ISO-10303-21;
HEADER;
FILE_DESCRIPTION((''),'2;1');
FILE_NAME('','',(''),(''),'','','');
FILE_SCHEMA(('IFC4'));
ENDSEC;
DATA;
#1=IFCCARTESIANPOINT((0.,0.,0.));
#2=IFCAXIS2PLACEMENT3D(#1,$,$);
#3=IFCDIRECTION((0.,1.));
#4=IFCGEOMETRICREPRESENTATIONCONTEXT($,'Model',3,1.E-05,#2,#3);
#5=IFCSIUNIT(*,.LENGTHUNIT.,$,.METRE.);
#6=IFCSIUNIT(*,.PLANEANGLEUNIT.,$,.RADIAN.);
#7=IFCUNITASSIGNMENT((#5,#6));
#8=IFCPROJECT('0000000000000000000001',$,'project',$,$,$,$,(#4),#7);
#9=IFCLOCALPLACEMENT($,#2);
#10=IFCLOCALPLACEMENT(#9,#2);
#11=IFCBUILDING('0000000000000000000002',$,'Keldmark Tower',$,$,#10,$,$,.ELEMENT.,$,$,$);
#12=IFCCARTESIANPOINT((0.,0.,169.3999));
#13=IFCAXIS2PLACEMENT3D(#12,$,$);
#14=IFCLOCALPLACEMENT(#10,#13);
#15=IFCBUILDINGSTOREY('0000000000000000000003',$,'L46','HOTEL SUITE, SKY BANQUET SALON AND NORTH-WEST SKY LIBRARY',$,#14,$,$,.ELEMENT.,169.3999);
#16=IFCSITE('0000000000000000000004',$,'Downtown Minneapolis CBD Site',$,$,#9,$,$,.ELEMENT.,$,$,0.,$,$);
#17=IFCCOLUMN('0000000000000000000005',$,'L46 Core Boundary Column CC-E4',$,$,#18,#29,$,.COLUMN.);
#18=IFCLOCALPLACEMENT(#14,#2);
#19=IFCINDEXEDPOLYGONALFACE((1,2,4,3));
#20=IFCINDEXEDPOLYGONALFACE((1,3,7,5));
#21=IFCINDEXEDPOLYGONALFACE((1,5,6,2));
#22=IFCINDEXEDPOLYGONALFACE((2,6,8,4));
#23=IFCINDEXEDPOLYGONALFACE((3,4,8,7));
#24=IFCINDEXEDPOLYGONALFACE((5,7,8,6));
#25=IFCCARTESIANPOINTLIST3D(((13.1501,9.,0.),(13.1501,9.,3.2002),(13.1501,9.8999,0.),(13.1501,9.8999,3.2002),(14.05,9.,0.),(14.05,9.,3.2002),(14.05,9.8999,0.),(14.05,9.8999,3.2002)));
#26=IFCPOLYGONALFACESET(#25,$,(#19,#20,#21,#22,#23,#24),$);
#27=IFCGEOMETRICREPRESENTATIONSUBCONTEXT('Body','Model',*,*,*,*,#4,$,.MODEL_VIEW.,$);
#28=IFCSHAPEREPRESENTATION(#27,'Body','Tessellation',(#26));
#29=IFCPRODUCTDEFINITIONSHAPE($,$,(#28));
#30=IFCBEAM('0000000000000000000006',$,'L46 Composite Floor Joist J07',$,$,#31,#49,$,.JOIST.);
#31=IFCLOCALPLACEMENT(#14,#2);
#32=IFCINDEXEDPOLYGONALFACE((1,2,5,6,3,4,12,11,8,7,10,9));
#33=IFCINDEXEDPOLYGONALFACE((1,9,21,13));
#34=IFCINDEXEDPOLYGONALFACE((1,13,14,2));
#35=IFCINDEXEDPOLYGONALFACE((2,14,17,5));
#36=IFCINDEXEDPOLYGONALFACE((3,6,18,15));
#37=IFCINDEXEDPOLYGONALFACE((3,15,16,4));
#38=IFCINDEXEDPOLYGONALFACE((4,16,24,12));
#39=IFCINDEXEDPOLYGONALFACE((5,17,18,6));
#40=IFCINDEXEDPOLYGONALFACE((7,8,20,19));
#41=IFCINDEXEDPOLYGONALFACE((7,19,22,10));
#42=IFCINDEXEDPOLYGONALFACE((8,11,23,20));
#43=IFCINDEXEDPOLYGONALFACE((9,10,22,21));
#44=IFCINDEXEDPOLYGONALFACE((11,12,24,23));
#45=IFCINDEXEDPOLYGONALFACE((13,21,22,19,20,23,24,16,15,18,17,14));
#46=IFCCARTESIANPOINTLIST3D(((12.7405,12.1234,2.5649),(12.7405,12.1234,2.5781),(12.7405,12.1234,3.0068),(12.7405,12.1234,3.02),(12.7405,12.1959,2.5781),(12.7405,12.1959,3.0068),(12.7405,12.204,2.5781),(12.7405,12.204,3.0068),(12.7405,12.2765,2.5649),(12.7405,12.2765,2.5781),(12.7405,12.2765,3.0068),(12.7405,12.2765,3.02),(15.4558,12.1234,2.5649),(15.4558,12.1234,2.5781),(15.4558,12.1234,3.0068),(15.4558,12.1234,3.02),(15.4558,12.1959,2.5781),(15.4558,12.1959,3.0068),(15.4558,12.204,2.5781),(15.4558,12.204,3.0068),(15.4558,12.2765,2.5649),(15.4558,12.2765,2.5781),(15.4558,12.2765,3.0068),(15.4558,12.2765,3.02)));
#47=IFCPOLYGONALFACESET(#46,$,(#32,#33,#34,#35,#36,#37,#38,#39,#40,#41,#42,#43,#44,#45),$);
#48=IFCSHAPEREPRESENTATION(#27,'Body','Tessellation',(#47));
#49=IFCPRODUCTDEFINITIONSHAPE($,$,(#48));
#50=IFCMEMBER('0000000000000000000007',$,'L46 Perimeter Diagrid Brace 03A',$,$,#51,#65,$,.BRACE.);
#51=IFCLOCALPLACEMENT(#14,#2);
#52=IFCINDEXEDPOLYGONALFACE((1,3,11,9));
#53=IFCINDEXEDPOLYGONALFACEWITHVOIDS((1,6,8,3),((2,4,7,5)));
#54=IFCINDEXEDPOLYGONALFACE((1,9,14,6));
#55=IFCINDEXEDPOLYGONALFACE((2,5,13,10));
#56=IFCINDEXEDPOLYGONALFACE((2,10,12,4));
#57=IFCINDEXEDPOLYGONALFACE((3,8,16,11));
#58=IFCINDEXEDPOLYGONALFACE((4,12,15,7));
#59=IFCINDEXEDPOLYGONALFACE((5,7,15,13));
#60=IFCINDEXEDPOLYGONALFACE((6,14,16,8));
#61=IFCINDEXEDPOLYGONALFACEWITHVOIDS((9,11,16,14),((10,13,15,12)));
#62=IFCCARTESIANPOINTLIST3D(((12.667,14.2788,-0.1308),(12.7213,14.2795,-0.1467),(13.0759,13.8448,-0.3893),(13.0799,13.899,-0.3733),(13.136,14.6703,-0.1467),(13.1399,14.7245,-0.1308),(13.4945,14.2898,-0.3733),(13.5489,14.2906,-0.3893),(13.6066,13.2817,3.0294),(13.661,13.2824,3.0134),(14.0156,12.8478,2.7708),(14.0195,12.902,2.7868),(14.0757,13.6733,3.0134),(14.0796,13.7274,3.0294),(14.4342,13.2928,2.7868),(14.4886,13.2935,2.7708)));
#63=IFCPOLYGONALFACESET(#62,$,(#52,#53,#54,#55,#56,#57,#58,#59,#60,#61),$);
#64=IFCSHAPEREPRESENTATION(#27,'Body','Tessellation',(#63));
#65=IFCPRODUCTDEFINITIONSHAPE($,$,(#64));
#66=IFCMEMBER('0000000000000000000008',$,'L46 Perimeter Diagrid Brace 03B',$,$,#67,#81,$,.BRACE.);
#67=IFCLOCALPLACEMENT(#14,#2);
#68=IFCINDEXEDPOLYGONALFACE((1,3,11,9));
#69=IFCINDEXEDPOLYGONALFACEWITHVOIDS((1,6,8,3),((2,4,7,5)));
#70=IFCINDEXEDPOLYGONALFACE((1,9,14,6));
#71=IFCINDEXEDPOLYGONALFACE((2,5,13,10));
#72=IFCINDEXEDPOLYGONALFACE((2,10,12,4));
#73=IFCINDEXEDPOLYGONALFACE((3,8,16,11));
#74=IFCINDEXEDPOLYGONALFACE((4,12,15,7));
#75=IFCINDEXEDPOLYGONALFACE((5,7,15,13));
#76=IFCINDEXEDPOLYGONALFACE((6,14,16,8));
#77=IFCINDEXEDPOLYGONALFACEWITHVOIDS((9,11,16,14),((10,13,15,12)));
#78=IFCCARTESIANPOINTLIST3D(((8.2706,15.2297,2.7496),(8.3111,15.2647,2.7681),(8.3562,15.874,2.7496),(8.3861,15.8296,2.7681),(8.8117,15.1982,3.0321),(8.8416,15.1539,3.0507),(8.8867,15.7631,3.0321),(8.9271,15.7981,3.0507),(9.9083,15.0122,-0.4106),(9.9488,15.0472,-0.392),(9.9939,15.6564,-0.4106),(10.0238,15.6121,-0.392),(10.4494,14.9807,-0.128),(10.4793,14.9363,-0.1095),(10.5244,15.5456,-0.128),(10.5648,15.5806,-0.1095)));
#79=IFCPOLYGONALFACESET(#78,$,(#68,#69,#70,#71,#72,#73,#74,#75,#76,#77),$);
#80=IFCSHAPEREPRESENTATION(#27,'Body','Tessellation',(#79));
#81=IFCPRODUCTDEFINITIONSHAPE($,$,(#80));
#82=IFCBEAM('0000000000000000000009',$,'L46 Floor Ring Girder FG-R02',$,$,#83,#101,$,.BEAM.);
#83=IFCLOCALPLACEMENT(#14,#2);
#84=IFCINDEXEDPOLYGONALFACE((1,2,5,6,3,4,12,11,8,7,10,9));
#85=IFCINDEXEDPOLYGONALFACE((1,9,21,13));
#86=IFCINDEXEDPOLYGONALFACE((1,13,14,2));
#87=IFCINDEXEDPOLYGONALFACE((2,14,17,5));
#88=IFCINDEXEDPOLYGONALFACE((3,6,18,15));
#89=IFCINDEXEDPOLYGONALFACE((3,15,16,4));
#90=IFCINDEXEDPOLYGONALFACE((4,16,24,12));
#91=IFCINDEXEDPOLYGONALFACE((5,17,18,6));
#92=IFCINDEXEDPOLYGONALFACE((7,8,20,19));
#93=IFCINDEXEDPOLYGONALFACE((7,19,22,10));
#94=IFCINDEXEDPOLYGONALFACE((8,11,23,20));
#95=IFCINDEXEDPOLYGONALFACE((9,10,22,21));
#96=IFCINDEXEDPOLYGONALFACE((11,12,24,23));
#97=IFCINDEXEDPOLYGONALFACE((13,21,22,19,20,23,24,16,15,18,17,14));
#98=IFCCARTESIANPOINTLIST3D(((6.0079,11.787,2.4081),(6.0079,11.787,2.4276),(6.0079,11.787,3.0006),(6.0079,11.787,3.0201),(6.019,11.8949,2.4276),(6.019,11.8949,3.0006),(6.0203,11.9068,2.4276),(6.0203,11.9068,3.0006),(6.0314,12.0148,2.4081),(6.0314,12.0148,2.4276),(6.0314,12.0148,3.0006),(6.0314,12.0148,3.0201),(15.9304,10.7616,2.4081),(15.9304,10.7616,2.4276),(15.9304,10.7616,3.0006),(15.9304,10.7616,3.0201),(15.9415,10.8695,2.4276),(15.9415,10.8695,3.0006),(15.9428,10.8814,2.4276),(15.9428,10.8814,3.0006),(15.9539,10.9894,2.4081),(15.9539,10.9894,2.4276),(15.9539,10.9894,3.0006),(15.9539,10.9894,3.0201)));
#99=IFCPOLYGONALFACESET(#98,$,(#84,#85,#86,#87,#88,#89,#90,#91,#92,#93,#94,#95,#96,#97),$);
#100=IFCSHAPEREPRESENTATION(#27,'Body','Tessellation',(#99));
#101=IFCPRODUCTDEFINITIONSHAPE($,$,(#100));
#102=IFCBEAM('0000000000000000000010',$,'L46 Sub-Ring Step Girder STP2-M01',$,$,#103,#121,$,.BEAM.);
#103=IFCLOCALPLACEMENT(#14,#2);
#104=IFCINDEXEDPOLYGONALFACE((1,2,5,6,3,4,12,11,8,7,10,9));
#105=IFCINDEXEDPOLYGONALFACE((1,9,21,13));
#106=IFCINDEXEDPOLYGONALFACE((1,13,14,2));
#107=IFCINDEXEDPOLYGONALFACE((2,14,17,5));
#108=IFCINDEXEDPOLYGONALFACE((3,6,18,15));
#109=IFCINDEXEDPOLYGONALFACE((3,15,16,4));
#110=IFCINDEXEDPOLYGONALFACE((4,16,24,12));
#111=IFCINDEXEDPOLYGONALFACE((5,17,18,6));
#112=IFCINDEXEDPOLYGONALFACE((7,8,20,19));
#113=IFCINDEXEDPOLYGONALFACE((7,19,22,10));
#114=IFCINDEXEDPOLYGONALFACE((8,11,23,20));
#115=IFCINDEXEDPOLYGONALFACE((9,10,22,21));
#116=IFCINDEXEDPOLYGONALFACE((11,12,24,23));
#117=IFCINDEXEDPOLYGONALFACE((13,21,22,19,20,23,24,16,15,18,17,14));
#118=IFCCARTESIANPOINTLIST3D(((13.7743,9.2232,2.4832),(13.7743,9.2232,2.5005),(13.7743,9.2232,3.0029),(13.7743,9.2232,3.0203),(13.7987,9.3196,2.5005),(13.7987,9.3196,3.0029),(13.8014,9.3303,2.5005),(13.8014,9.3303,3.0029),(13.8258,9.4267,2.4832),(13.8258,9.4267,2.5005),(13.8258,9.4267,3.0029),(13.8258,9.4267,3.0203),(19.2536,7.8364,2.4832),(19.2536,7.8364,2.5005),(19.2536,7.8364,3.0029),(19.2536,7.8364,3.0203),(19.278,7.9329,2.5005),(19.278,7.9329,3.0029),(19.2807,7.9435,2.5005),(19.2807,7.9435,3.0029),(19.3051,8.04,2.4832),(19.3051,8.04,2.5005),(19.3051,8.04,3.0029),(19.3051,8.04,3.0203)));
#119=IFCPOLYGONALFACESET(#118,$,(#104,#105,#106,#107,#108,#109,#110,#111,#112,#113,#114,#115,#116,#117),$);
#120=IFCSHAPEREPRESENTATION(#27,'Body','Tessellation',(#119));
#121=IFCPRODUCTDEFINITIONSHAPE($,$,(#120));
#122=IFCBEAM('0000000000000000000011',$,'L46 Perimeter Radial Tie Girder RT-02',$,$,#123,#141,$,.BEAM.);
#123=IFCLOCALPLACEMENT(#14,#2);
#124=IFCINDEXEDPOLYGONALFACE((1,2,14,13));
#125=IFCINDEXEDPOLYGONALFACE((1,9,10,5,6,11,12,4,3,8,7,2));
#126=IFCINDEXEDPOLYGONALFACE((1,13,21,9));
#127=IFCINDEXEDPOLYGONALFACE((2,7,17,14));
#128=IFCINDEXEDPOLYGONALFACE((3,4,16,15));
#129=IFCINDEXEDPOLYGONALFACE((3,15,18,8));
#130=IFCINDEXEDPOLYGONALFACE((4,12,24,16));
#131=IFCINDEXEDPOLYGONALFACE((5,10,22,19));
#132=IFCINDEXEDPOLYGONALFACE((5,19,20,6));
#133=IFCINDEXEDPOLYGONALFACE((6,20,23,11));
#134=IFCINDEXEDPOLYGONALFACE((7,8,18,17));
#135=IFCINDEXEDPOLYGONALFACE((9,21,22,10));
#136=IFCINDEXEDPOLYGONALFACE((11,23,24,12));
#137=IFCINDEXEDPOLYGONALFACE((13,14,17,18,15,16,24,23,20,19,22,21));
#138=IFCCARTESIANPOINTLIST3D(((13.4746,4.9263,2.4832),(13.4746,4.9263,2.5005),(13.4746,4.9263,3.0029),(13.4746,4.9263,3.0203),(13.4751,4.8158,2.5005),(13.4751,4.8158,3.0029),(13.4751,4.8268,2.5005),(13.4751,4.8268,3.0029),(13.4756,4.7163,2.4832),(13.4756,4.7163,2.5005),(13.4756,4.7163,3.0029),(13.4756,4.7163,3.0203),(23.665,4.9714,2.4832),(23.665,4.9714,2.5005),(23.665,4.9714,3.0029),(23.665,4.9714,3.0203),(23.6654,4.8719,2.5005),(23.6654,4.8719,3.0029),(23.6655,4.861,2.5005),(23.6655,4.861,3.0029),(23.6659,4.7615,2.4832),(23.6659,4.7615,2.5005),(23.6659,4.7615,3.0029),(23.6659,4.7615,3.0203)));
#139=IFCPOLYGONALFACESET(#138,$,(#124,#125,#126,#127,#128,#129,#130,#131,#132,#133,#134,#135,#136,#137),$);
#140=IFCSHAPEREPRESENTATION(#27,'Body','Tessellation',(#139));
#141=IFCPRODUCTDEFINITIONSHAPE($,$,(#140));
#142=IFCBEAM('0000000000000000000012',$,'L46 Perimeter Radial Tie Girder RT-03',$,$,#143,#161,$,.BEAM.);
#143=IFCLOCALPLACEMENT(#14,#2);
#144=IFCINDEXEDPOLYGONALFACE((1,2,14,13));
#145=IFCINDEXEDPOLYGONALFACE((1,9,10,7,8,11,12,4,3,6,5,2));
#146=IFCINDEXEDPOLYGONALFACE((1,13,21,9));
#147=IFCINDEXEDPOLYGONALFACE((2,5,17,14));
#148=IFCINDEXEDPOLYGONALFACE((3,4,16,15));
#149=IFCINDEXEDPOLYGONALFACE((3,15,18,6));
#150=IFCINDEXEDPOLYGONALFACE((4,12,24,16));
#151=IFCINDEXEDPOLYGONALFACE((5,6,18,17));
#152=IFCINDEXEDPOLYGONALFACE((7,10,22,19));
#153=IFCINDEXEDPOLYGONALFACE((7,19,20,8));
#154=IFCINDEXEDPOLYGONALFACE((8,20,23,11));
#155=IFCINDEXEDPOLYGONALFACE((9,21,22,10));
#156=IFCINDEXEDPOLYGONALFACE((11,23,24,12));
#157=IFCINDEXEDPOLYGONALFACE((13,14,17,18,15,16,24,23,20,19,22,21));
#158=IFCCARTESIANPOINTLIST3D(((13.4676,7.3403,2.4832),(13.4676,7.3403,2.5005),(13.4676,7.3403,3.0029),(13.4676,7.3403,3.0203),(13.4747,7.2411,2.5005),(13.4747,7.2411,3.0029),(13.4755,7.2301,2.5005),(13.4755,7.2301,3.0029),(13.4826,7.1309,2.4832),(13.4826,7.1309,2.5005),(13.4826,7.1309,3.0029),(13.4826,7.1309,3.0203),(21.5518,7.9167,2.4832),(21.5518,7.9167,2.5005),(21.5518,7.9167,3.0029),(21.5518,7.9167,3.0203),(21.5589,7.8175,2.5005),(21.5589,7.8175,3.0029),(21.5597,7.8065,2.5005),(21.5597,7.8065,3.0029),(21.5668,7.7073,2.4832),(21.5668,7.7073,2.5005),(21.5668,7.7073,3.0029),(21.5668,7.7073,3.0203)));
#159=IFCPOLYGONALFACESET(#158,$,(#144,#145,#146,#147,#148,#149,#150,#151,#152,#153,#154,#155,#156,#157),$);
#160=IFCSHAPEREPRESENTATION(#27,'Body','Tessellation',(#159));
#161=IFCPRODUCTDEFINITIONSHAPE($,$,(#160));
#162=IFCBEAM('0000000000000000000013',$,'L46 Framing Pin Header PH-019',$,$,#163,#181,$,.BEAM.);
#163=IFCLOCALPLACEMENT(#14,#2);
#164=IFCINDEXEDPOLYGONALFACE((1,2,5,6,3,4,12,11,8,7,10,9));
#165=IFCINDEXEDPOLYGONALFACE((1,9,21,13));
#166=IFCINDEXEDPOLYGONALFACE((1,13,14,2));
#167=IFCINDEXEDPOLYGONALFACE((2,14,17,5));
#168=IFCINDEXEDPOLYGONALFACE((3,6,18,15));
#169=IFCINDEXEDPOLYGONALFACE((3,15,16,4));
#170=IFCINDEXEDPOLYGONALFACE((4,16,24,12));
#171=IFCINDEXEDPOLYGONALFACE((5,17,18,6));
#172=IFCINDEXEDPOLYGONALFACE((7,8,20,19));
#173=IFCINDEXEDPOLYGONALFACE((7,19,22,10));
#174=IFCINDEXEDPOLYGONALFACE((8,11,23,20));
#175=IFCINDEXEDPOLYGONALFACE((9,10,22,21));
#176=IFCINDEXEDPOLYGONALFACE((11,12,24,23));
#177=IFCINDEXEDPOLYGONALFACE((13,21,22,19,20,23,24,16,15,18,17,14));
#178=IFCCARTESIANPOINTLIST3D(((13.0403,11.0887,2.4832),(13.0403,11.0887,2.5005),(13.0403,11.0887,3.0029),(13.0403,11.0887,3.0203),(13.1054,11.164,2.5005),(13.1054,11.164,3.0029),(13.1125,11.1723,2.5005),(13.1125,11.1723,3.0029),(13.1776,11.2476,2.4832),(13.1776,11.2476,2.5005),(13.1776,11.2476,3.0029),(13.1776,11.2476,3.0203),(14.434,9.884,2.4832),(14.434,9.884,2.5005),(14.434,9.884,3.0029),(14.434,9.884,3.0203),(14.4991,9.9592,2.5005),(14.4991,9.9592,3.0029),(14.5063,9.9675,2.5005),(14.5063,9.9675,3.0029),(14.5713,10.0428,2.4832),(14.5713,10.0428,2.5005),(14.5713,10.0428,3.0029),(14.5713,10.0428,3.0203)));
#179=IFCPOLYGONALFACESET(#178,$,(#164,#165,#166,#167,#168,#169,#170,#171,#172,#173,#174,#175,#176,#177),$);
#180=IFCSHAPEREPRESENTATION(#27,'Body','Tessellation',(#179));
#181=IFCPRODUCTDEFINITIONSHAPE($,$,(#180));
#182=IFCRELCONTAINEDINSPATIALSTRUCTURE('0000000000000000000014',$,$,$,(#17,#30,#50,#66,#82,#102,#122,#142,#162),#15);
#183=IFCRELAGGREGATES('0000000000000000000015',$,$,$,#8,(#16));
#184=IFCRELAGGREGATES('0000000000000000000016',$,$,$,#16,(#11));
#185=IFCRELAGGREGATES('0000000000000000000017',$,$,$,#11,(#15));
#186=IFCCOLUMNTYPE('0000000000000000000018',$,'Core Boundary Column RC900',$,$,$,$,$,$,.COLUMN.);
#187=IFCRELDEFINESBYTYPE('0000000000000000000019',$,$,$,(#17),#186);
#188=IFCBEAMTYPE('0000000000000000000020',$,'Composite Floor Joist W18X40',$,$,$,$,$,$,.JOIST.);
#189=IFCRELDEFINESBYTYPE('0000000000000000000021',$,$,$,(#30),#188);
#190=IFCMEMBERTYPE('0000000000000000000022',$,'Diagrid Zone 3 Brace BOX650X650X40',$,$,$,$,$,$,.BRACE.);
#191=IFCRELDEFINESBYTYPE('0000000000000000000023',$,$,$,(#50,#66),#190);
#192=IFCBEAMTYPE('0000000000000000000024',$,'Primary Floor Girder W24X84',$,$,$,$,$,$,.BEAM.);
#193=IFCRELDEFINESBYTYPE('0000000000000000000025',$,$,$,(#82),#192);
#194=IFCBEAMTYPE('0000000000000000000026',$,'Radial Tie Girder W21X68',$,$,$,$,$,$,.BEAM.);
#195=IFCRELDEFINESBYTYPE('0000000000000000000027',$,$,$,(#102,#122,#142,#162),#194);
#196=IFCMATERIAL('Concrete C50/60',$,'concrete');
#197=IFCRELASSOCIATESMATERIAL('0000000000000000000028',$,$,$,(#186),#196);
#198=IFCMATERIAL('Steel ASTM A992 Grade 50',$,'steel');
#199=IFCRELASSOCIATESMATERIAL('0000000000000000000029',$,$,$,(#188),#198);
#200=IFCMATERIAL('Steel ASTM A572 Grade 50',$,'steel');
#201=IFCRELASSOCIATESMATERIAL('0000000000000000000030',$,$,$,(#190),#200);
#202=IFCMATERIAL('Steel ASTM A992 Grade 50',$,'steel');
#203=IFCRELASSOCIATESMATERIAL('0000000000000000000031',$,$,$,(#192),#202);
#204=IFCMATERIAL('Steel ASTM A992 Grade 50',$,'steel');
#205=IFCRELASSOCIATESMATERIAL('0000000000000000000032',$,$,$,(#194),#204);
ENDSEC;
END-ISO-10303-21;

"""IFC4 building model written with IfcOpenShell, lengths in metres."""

from ifc_helpers import new_model, si_unit, direction, frame, origin, origin_2d, place, context, subcontext, project, spatial, rectangle, hollow_rectangle, i_section, extrude, material, material_profile, profile_set, type_object, element, save


model = new_model("IFC4")

# Units and contexts
model_context = context("Model", 3, precision=1e-05, world=origin(), true_north=direction((0.0, 1.0)))
body_context = subcontext(model_context, "Body", "Model", "MODEL_VIEW")
ifc_project = project(units=[si_unit("LENGTHUNIT", "METRE"), si_unit("PLANEANGLEUNIT", "RADIAN")], contexts=[model_context])

# Site, building, storey
site_placement = place(None, origin())
site = spatial("IfcSite", under=ifc_project, at=site_placement, Name="Downtown Minneapolis CBD Site", CompositionType="ELEMENT", RefElevation=0.0)
building_placement = place(site_placement, origin())
building = spatial("IfcBuilding", under=site, at=building_placement, Name="Keldmark Tower", CompositionType="ELEMENT")
storey_placement = place(building_placement, frame((0.0, 0.0, 169.3999)))
storey = spatial("IfcBuildingStorey", under=building, at=storey_placement, Name="L46", Description="HOTEL SUITE, SKY BANQUET SALON AND NORTH-WEST SKY LIBRARY", CompositionType="ELEMENT", Elevation=169.3999)

# Column
ifc_material_1 = material(Name="Concrete C50/60", Category="concrete")
ifc_material_profile_1 = material_profile(ifc_material_1, rectangle(XDim=0.8999, YDim=0.8999, at=origin_2d()), Name="RC900X900")
ifc_profile_set_1 = profile_set([ifc_material_profile_1], Name="Concrete C50/60")
column_type = type_object("IfcColumnType", Name="Core Boundary Column RC900", PredefinedType="COLUMN", material=ifc_profile_set_1)
column_placement = place(storey_placement, frame((13.6001, 9.45, 0.0), z_axis=(0.0, 0.0, 1.0), x_axis=(1.0, 0.0, 0.0)))
element("IfcColumn", 1, at=column_placement, inside=storey, type_object=column_type, Name="L46 Core Boundary Column CC-E4", PredefinedType="COLUMN", context=body_context, shape_type="SweptSolid", body=[
    extrude(rectangle(XDim=0.8999, YDim=0.8999, at=origin_2d()), origin(), (0.0, 0.0, 1.0), 3.2002),
])

# Beam
ifc_material_2 = material(Name="Steel ASTM A992 Grade 50", Category="steel")
ifc_material_profile_2 = material_profile(ifc_material_2, i_section(OverallWidth=0.1531, OverallDepth=0.4551, WebThickness=0.0081, FlangeThickness=0.0132, at=origin_2d()), Name="W18X40")
ifc_profile_set_2 = profile_set([ifc_material_profile_2], Name="Steel ASTM A992 Grade 50")
beam_type_1 = type_object("IfcBeamType", Name="Composite Floor Joist W18X40", PredefinedType="JOIST", material=ifc_profile_set_2)
beam_1_placement = place(storey_placement, frame((12.7405, 12.2, 2.7925), z_axis=(1.0, 0.0, 0.0), x_axis=(0.0, 1.0, 0.0)))
element("IfcBeam", 2, at=beam_1_placement, inside=storey, type_object=beam_type_1, Name="L46 Composite Floor Joist J07", PredefinedType="JOIST", context=body_context, shape_type="SweptSolid", body=[
    extrude(i_section(OverallWidth=0.1531, OverallDepth=0.4551, WebThickness=0.0081, FlangeThickness=0.0132, at=origin_2d()), origin(), (0.0, 0.0, 1.0), 2.7153),
])

# Members
ifc_material_3 = material(Name="Steel ASTM A572 Grade 50", Category="steel")
ifc_material_profile_3 = material_profile(ifc_material_3, hollow_rectangle(XDim=0.6499, YDim=0.6499, WallThickness=0.04, at=origin_2d()), Name="BOX650X650X40")
ifc_profile_set_3 = profile_set([ifc_material_profile_3], Name="Steel ASTM A572 Grade 50")
member_type = type_object("IfcMemberType", Name="Diagrid Zone 3 Brace BOX650X650X40", PredefinedType="BRACE", material=ifc_profile_set_3)
member_1_placement = place(storey_placement, frame((13.1079, 14.2847, -0.26), z_axis=(0.27282, -0.289477, 0.917481), x_axis=(0.727734, 0.685859, 0.0)))
element("IfcMember", 3, at=member_1_placement, inside=storey, type_object=member_type, Name="L46 Perimeter Diagrid Brace 03A", PredefinedType="BRACE", context=body_context, shape_type="SweptSolid", body=[
    extrude(hollow_rectangle(XDim=0.6499, YDim=0.6499, WallThickness=0.04, at=origin_2d()), origin(), (0.0, 0.0, 1.0), 3.4443),
])
member_2_placement = place(storey_placement, frame((10.2366, 15.2964, -0.26), z_axis=(-0.45926, 0.061002, 0.886205), x_axis=(-0.13167, -0.991294, 0.0)))
element("IfcMember", 4, at=member_2_placement, inside=storey, type_object=member_type, Name="L46 Perimeter Diagrid Brace 03B", PredefinedType="BRACE", context=body_context, shape_type="SweptSolid", body=[
    extrude(hollow_rectangle(XDim=0.6499, YDim=0.6499, WallThickness=0.04, at=origin_2d()), origin(), (0.0, 0.0, 1.0), 3.5659),
])

# Beams
ifc_material_4 = material(Name="Steel ASTM A992 Grade 50", Category="steel")
ifc_material_profile_4 = material_profile(ifc_material_4, i_section(OverallWidth=0.229, OverallDepth=0.6121, WebThickness=0.012, FlangeThickness=0.0195, at=origin_2d()), Name="W24X84")
ifc_profile_set_4 = profile_set([ifc_material_profile_4], Name="Steel ASTM A992 Grade 50")
beam_type_2 = type_object("IfcBeamType", Name="Primary Floor Girder W24X84", PredefinedType="BEAM", material=ifc_profile_set_4)
beam_2_placement = place(storey_placement, frame((15.9421, 10.8755, 2.7141), z_axis=(-0.994703, 0.102791, 0.0), x_axis=(-0.102791, -0.994703, 0.0)))
element("IfcBeam", 5, at=beam_2_placement, inside=storey, type_object=beam_type_2, Name="L46 Floor Ring Girder FG-R02", PredefinedType="BEAM", context=body_context, shape_type="SweptSolid", body=[
    extrude(i_section(OverallWidth=0.229, OverallDepth=0.6121, WebThickness=0.012, FlangeThickness=0.0195, at=origin_2d()), origin(), (0.0, 0.0, 1.0), 9.9753),
])
ifc_material_5 = material(Name="Steel ASTM A992 Grade 50", Category="steel")
ifc_material_profile_5 = material_profile(ifc_material_5, i_section(OverallWidth=0.21, OverallDepth=0.5371, WebThickness=0.011, FlangeThickness=0.0173, at=origin_2d()), Name="W21X68")
ifc_profile_set_5 = profile_set([ifc_material_profile_5], Name="Steel ASTM A992 Grade 50")
beam_type_3 = type_object("IfcBeamType", Name="Radial Tie Girder W21X68", PredefinedType="BEAM", material=ifc_profile_set_5)
beam_3_placement = place(storey_placement, frame((13.8, 9.325, 2.7517), z_axis=(0.969435, -0.24535, 0.0), x_axis=(0.24535, 0.969435, 0.0)))
element("IfcBeam", 6, at=beam_3_placement, inside=storey, type_object=beam_type_3, Name="L46 Sub-Ring Step Girder STP2-M01", PredefinedType="BEAM", context=body_context, shape_type="SweptSolid", body=[
    extrude(i_section(OverallWidth=0.21, OverallDepth=0.5371, WebThickness=0.011, FlangeThickness=0.0173, at=origin_2d()), origin(), (0.0, 0.0, 1.0), 5.6521),
])
beam_4_placement = place(storey_placement, frame((13.4751, 4.8213, 2.7517), z_axis=(0.99999, 0.004432, 0.0), x_axis=(-0.004432, 0.99999, 0.0)))
element("IfcBeam", 7, at=beam_4_placement, inside=storey, type_object=beam_type_3, Name="L46 Perimeter Radial Tie Girder RT-02", PredefinedType="BEAM", context=body_context, shape_type="SweptSolid", body=[
    extrude(i_section(OverallWidth=0.21, OverallDepth=0.5371, WebThickness=0.011, FlangeThickness=0.0173, at=origin_2d()), origin(), (0.0, 0.0, 1.0), 10.1904),
])
beam_5_placement = place(storey_placement, frame((13.4751, 7.2356, 2.7517), z_axis=(0.997468, 0.071121, 0.0), x_axis=(-0.071121, 0.997468, 0.0)))
element("IfcBeam", 8, at=beam_5_placement, inside=storey, type_object=beam_type_3, Name="L46 Perimeter Radial Tie Girder RT-03", PredefinedType="BEAM", context=body_context, shape_type="SweptSolid", body=[
    extrude(i_section(OverallWidth=0.21, OverallDepth=0.5371, WebThickness=0.011, FlangeThickness=0.0173, at=origin_2d()), origin(), (0.0, 0.0, 1.0), 8.1047),
])
beam_6_placement = place(storey_placement, frame((14.5027, 9.9634, 2.7517), z_axis=(-0.756528, 0.653961, 0.0), x_axis=(-0.653961, -0.756528, 0.0)))
element("IfcBeam", 9, at=beam_6_placement, inside=storey, type_object=beam_type_3, Name="L46 Framing Pin Header PH-019", PredefinedType="BEAM", context=body_context, shape_type="SweptSolid", body=[
    extrude(i_section(OverallWidth=0.21, OverallDepth=0.5371, WebThickness=0.011, FlangeThickness=0.0173, at=origin_2d()), origin(), (0.0, 0.0, 1.0), 1.8423),
])

save(model, "model.ifc")
